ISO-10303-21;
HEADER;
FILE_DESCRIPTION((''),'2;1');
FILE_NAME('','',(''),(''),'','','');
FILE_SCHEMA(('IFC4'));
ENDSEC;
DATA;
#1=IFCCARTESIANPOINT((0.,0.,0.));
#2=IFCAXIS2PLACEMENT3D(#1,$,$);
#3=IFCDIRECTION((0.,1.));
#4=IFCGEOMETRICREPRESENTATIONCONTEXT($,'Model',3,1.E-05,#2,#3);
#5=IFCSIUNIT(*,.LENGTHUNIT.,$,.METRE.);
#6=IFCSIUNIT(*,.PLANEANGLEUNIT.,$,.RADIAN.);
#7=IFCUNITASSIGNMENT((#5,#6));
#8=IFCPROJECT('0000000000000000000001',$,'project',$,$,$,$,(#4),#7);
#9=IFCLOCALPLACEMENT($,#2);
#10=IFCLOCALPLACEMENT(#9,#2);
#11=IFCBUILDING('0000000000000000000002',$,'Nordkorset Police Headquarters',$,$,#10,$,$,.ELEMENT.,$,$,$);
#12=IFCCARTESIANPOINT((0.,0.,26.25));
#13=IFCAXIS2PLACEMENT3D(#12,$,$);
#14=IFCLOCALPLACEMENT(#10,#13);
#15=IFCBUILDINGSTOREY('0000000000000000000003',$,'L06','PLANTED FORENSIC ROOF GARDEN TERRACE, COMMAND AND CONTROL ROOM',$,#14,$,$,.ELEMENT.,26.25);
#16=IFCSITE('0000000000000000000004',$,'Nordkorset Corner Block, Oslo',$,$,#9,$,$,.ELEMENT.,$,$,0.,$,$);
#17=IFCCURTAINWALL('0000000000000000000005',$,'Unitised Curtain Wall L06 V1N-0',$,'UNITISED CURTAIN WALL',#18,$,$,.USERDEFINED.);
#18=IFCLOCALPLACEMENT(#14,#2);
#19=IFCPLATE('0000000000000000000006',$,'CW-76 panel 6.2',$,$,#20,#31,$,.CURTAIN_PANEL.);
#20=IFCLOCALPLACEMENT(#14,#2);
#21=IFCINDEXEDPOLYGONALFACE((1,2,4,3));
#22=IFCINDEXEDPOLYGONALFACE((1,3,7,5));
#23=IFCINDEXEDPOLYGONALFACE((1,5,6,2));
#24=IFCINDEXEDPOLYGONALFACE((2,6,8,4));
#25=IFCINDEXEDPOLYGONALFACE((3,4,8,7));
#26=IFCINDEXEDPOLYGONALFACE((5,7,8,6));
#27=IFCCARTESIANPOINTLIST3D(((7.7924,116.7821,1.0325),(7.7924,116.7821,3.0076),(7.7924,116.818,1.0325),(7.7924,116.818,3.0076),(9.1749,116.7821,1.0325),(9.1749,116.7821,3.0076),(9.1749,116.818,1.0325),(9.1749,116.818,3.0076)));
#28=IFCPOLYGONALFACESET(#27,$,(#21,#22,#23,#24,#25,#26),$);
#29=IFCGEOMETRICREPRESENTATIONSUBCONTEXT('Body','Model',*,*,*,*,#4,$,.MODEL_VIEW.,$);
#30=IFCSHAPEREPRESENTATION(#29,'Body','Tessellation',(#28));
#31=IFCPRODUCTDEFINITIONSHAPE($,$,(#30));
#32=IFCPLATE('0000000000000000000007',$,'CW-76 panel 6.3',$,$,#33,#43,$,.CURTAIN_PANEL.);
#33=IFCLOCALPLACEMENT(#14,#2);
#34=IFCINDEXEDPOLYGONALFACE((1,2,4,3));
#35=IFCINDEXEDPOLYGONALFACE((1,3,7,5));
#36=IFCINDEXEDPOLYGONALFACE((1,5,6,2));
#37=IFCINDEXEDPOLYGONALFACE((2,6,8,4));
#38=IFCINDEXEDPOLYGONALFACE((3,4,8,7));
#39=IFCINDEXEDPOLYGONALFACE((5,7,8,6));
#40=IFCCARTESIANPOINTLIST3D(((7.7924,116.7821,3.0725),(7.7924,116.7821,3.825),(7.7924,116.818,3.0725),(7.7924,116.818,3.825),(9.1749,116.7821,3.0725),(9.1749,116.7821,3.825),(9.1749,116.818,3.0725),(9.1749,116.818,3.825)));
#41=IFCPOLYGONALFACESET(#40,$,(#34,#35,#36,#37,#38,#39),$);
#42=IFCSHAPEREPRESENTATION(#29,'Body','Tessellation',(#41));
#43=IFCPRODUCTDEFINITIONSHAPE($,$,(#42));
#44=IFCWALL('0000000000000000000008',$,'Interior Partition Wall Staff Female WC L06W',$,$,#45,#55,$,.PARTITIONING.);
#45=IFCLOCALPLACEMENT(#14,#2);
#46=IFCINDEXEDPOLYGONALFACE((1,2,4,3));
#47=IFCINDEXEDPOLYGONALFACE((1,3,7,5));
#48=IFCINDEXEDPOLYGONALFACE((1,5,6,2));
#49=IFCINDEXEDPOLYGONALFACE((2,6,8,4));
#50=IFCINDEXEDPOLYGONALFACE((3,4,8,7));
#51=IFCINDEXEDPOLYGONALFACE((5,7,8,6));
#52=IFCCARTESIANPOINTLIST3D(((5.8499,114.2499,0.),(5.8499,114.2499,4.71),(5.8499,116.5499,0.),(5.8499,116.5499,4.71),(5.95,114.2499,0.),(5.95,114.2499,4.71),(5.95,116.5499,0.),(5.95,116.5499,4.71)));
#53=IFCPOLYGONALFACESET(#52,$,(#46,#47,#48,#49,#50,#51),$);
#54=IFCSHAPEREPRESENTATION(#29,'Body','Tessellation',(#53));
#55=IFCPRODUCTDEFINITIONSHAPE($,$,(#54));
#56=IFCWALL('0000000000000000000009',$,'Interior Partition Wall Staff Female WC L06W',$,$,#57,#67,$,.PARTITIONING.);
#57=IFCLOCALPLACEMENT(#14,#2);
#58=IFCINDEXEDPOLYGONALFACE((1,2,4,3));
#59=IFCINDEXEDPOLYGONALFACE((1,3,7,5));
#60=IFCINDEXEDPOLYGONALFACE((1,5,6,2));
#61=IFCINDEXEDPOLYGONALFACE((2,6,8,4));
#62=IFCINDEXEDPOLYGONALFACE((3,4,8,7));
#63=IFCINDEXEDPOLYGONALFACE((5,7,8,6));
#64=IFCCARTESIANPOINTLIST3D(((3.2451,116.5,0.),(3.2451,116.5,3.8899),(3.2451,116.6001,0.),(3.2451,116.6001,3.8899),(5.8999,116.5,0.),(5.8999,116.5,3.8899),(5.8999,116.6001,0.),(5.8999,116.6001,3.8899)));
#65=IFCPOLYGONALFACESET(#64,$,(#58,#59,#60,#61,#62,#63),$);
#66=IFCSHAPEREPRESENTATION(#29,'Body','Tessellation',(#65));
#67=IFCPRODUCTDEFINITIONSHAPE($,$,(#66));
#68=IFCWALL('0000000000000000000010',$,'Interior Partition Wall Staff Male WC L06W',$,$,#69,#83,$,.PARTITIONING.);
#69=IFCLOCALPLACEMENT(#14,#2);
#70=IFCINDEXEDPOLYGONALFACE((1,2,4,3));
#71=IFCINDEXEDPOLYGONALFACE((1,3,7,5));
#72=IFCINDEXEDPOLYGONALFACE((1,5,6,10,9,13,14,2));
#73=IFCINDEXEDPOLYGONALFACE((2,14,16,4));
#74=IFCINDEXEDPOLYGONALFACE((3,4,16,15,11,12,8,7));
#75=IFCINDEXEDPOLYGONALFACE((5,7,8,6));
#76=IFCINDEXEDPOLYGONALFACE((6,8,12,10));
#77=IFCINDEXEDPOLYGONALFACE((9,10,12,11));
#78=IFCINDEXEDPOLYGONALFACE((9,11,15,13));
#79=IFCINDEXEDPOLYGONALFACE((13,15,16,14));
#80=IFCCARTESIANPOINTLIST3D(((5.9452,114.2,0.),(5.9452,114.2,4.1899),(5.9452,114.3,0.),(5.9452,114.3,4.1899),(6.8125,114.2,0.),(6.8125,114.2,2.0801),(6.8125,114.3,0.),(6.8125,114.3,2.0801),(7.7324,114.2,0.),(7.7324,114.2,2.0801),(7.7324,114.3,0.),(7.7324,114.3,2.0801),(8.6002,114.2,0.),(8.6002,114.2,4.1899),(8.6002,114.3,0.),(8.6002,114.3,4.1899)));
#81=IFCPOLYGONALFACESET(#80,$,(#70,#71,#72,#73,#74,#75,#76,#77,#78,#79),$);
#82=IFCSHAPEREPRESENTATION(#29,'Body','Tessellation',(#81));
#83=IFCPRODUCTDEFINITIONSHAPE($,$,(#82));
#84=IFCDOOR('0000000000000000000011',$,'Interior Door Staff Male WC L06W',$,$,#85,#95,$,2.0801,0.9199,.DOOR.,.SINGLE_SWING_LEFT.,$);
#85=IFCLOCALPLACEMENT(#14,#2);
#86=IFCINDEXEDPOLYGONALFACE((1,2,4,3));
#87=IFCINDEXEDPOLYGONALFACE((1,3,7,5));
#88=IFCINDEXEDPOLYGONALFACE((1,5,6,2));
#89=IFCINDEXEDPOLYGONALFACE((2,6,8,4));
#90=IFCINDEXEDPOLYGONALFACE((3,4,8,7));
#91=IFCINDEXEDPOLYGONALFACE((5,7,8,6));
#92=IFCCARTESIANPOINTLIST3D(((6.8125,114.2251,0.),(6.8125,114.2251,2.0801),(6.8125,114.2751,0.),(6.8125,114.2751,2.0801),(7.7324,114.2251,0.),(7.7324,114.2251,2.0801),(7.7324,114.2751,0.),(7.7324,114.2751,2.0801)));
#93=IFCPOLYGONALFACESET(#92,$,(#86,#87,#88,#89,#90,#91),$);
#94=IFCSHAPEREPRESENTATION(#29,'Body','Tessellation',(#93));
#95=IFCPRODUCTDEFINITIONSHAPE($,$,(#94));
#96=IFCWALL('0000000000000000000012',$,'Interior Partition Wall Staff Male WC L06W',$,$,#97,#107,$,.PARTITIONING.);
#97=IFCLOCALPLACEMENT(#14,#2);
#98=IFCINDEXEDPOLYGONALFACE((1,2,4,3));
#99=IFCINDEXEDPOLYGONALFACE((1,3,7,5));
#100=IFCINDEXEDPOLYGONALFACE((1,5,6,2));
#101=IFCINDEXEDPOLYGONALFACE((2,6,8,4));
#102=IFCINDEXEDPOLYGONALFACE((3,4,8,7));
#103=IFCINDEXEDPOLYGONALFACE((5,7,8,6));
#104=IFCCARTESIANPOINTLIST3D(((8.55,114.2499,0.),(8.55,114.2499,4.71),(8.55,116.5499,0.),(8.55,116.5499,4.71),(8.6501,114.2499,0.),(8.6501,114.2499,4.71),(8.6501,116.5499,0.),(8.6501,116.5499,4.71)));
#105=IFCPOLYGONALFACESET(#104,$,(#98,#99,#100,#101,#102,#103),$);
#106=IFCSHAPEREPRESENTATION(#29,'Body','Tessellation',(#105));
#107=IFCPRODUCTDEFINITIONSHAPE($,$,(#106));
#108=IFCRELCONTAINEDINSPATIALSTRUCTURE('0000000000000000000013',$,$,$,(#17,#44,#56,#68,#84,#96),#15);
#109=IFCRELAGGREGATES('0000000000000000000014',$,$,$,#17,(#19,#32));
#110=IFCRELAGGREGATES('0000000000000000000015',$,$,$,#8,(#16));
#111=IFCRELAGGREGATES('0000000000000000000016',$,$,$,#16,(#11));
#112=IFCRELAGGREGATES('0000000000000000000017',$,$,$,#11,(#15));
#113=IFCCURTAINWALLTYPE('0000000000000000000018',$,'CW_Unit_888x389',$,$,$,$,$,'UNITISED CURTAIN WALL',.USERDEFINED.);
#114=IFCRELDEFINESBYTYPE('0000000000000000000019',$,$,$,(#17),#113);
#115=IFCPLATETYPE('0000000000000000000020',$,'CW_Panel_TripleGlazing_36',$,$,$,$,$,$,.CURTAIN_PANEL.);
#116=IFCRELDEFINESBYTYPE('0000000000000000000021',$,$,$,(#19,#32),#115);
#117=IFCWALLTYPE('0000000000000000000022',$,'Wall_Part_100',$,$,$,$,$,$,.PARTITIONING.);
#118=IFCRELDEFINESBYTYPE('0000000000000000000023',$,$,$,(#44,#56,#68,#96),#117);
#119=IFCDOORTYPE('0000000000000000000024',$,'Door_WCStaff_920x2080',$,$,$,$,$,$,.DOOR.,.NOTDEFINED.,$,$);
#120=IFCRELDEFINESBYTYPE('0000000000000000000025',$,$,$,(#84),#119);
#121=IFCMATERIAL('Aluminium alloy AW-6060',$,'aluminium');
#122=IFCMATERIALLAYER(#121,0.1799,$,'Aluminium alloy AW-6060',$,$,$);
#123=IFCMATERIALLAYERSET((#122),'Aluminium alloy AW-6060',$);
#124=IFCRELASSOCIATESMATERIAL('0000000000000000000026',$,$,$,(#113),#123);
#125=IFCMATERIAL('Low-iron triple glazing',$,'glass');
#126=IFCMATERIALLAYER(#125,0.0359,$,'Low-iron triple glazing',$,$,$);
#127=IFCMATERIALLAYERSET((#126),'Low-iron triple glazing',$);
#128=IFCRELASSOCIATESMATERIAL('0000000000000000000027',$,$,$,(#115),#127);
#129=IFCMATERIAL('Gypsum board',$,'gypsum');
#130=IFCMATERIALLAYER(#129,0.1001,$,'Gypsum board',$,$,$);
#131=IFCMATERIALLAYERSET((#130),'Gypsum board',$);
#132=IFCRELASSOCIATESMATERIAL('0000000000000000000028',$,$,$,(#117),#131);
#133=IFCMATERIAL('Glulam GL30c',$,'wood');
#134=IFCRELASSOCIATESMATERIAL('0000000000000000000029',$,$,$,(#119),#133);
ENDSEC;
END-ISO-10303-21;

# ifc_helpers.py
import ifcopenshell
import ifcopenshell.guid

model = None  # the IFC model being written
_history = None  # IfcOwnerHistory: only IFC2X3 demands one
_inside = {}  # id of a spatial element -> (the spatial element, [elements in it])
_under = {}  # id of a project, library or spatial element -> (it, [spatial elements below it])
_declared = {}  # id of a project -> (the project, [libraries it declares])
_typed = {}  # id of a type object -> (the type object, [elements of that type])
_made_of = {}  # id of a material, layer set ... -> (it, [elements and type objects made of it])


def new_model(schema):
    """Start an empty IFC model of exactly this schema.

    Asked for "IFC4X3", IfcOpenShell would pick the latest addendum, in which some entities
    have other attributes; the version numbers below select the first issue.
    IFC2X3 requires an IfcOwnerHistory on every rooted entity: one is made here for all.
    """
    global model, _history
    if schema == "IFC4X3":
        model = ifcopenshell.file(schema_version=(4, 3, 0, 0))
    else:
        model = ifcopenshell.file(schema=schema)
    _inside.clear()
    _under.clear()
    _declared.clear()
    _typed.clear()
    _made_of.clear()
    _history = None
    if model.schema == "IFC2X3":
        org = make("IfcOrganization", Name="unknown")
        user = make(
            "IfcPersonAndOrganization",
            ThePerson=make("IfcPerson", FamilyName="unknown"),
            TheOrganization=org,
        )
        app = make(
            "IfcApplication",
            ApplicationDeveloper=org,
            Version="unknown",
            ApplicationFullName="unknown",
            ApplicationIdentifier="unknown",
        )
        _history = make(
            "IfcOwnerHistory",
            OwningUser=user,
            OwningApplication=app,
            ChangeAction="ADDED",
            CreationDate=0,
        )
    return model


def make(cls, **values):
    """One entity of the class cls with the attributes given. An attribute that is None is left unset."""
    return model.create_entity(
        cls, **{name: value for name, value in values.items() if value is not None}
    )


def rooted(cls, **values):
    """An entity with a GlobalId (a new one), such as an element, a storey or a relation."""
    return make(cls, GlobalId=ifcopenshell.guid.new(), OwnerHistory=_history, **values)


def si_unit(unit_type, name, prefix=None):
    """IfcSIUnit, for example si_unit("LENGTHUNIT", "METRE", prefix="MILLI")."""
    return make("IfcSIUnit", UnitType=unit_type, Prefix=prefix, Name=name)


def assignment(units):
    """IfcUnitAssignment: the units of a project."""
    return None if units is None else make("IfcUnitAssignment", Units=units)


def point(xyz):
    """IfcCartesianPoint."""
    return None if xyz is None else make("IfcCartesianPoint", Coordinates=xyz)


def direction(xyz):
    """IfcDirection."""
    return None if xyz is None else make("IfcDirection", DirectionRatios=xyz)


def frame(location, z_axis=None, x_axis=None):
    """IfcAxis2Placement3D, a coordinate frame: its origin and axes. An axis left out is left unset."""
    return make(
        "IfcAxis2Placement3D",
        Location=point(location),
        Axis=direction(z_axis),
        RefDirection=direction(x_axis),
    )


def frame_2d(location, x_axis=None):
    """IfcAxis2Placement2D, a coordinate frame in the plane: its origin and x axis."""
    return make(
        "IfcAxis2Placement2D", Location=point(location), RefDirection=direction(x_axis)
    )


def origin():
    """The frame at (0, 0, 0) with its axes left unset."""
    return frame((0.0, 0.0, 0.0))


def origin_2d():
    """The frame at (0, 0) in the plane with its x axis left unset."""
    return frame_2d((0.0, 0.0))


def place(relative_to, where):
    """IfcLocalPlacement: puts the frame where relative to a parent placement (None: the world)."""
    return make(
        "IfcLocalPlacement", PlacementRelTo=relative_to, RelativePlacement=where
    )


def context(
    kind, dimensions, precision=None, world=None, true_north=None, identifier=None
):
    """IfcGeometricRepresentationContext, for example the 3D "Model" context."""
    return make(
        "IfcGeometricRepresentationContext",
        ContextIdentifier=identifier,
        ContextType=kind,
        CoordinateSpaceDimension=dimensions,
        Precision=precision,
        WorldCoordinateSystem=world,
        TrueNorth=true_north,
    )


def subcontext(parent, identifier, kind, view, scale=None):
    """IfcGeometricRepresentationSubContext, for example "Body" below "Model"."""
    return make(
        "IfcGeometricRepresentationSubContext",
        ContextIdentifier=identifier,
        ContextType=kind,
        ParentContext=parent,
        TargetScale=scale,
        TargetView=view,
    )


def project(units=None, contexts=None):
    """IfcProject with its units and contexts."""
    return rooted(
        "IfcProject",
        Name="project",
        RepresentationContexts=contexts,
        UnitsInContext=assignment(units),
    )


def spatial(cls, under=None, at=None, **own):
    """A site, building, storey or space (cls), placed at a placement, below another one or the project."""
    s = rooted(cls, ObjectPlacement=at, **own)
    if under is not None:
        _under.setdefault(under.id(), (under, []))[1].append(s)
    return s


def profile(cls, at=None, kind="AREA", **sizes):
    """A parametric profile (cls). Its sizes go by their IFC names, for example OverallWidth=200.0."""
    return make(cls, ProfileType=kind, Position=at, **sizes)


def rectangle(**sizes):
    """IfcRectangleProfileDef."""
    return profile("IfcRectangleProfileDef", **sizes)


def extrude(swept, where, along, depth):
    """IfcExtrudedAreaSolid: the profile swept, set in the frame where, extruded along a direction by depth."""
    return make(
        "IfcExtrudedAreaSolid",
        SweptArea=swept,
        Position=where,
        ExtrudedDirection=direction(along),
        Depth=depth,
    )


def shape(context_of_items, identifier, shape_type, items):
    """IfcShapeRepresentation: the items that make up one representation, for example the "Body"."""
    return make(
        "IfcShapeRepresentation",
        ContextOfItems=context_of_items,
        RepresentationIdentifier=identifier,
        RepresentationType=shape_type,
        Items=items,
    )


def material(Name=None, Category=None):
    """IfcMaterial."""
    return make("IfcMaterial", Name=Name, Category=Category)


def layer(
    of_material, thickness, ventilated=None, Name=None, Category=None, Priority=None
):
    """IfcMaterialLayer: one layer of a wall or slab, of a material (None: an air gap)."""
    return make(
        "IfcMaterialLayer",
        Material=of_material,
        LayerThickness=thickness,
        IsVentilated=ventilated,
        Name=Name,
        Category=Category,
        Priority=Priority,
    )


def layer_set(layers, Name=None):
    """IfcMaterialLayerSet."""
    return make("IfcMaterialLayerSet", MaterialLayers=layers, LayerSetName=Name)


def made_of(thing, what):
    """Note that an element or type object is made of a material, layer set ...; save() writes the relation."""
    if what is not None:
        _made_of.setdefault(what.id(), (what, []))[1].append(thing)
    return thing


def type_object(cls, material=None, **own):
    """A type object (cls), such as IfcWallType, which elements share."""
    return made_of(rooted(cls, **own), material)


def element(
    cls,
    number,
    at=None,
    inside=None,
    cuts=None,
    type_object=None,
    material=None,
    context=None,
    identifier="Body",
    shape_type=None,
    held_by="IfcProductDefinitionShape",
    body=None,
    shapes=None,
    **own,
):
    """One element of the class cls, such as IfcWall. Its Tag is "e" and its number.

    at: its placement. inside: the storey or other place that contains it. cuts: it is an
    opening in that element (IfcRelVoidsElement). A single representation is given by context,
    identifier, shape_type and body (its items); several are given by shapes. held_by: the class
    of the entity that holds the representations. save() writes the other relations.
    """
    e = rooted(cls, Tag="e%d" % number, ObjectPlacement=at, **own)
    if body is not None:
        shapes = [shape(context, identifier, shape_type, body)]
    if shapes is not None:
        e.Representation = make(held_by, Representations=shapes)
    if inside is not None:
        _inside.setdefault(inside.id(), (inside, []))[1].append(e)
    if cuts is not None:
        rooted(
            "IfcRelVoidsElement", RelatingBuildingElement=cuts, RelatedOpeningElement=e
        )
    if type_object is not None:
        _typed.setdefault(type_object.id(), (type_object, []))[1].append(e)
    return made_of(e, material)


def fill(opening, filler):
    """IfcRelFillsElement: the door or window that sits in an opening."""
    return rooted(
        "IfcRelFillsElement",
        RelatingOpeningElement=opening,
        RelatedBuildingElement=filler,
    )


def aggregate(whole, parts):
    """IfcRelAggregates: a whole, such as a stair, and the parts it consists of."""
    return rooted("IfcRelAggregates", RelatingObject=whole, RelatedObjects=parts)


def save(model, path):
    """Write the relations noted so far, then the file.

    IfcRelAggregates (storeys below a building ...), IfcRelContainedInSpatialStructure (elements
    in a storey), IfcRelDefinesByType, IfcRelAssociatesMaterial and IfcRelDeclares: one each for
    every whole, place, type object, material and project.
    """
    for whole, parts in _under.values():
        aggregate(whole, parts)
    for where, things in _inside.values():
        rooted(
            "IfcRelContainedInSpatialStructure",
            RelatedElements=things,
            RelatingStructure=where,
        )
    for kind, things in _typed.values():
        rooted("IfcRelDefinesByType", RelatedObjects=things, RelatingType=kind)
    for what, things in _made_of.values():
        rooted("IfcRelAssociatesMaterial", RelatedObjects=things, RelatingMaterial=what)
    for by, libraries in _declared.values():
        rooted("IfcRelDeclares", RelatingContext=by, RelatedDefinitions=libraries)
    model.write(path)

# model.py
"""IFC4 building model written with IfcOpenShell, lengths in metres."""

from ifc_helpers import new_model, si_unit, direction, frame, frame_2d, origin, origin_2d, place, context, subcontext, project, spatial, rectangle, extrude, material, layer, layer_set, type_object, element, fill, aggregate, save


model = new_model("IFC4")

# Units and contexts
model_context = context("Model", 3, precision=1e-05, world=origin(), true_north=direction((0.0, 1.0)))
body_context = subcontext(model_context, "Body", "Model", "MODEL_VIEW")
ifc_project = project(units=[si_unit("LENGTHUNIT", "METRE"), si_unit("PLANEANGLEUNIT", "RADIAN")], contexts=[model_context])

# Site, building, storey
site_placement = place(None, origin())
site = spatial("IfcSite", under=ifc_project, at=site_placement, Name="Nordkorset Corner Block, Oslo", CompositionType="ELEMENT", RefElevation=0.0)
building_placement = place(site_placement, origin())
building = spatial("IfcBuilding", under=site, at=building_placement, Name="Nordkorset Police Headquarters", CompositionType="ELEMENT")
storey_placement = place(building_placement, frame((0.0, 0.0, 26.25)))
storey = spatial("IfcBuildingStorey", under=building, at=storey_placement, Name="L06", Description="PLANTED FORENSIC ROOF GARDEN TERRACE, COMMAND AND CONTROL ROOM", CompositionType="ELEMENT", Elevation=26.25)

# Curtain wall, plates
ifc_material_1 = material(Name="Aluminium alloy AW-6060", Category="aluminium")
ifc_layer_1 = layer(ifc_material_1, 0.1799, Name="Aluminium alloy AW-6060")
ifc_layer_set_1 = layer_set([ifc_layer_1], Name="Aluminium alloy AW-6060")
curtain_wall_type = type_object("IfcCurtainWallType", Name="CW_Unit_888x389", ElementType="UNITISED CURTAIN WALL", PredefinedType="USERDEFINED", material=ifc_layer_set_1)
curtain_wall_placement = place(storey_placement, origin())
curtain_wall = element("IfcCurtainWall", 1, at=curtain_wall_placement, inside=storey, type_object=curtain_wall_type, Name="Unitised Curtain Wall L06 V1N-0", ObjectType="UNITISED CURTAIN WALL", PredefinedType="USERDEFINED")
ifc_material_2 = material(Name="Low-iron triple glazing", Category="glass")
ifc_layer_2 = layer(ifc_material_2, 0.0359, Name="Low-iron triple glazing")
ifc_layer_set_2 = layer_set([ifc_layer_2], Name="Low-iron triple glazing")
plate_type = type_object("IfcPlateType", Name="CW_Panel_TripleGlazing_36", PredefinedType="CURTAIN_PANEL", material=ifc_layer_set_2)
plate_1_placement = place(storey_placement, frame((8.4836, 116.8, 1.0325), z_axis=(0.0, 0.0, 1.0), x_axis=(1.0, 0.0, 0.0)))
plate_1 = element("IfcPlate", 2, at=plate_1_placement, type_object=plate_type, Name="CW-76 panel 6.2", PredefinedType="CURTAIN_PANEL", context=body_context, shape_type="SweptSolid", body=[
    extrude(rectangle(XDim=1.3826, YDim=0.0359, at=origin_2d()), origin(), (0.0, 0.0, 1.0), 1.9751),
])
plate_2_placement = place(storey_placement, frame((8.4836, 116.8, 3.0725), z_axis=(0.0, 0.0, 1.0), x_axis=(1.0, 0.0, 0.0)))
plate_2 = element("IfcPlate", 3, at=plate_2_placement, type_object=plate_type, Name="CW-76 panel 6.3", PredefinedType="CURTAIN_PANEL", context=body_context, shape_type="SweptSolid", body=[
    extrude(rectangle(XDim=1.3826, YDim=0.0359, at=origin_2d()), origin(), (0.0, 0.0, 1.0), 0.7524),
])
aggregate(curtain_wall, [plate_1, plate_2])

# Walls
ifc_material_3 = material(Name="Gypsum board", Category="gypsum")
ifc_layer_3 = layer(ifc_material_3, 0.1001, Name="Gypsum board")
ifc_layer_set_3 = layer_set([ifc_layer_3], Name="Gypsum board")
wall_type = type_object("IfcWallType", Name="Wall_Part_100", PredefinedType="PARTITIONING", material=ifc_layer_set_3)
wall_1_placement = place(storey_placement, frame((5.8999, 114.25, 0.0), z_axis=(0.0, 0.0, 1.0), x_axis=(0.0, 1.0, 0.0)))
element("IfcWall", 4, at=wall_1_placement, inside=storey, type_object=wall_type, Name="Interior Partition Wall Staff Female WC L06W", PredefinedType="PARTITIONING", context=body_context, shape_type="SweptSolid", body=[
    extrude(rectangle(XDim=2.3, YDim=0.1001, at=frame_2d((1.1499, 0.0))), origin(), (0.0, 0.0, 1.0), 4.71),
])
wall_2_placement = place(storey_placement, frame((5.8999, 116.55, 0.0), z_axis=(0.0, 0.0, 1.0), x_axis=(-1.0, 0.0, 0.0)))
element("IfcWall", 5, at=wall_2_placement, inside=storey, type_object=wall_type, Name="Interior Partition Wall Staff Female WC L06W", PredefinedType="PARTITIONING", context=body_context, shape_type="SweptSolid", body=[
    extrude(rectangle(XDim=2.6548, YDim=0.1001, at=frame_2d((1.3274, 0.0))), origin(), (0.0, 0.0, 1.0), 3.8899),
])

# Wall, opening, door
wall_3_placement = place(storey_placement, frame((5.9451, 114.25, 0.0), z_axis=(0.0, 0.0, 1.0), x_axis=(1.0, 0.0, 0.0)))
wall_3 = element("IfcWall", 6, at=wall_3_placement, inside=storey, type_object=wall_type, Name="Interior Partition Wall Staff Male WC L06W", PredefinedType="PARTITIONING", context=body_context, shape_type="SweptSolid", body=[
    extrude(rectangle(XDim=2.655, YDim=0.1001, at=frame_2d((1.3276, 0.0))), origin(), (0.0, 0.0, 1.0), 4.1899),
])
opening_placement = place(wall_3_placement, frame((0.8674, 0.0, 0.0)))
opening = element("IfcOpeningElement", 7, at=opening_placement, cuts=wall_3, PredefinedType="OPENING", context=body_context, shape_type="SweptSolid", body=[
    extrude(rectangle(XDim=0.9199, YDim=2.0801, at=frame_2d((0.46, 1.04))), frame((0.0, 0.0601, 0.0), z_axis=(0.0, -1.0, 0.0), x_axis=(1.0, 0.0, 0.0)), (0.0, 0.0, 1.0), 0.1201),
])
ifc_material_4 = material(Name="Glulam GL30c", Category="wood")
door_type = type_object("IfcDoorType", Name="Door_WCStaff_920x2080", OperationType="NOTDEFINED", PredefinedType="DOOR", material=ifc_material_4)
door_placement = place(opening_placement, frame((0.9199, 0.0, 0.0), z_axis=(0.0, 0.0, 1.0), x_axis=(-1.0, 0.0, 0.0)))
door = element("IfcDoor", 8, at=door_placement, inside=storey, type_object=door_type, Name="Interior Door Staff Male WC L06W", OperationType="SINGLE_SWING_LEFT", OverallHeight=2.0801, OverallWidth=0.9199, PredefinedType="DOOR", context=body_context, shape_type="SweptSolid", body=[
    extrude(rectangle(XDim=0.9199, YDim=2.0801, at=frame_2d((0.46, 1.04))), frame((0.0, 0.0249, 0.0), z_axis=(0.0, -1.0, 0.0), x_axis=(1.0, 0.0, 0.0)), (0.0, 0.0, 1.0), 0.05),
])
fill(opening, door)

# Wall
wall_4_placement = place(storey_placement, frame((8.6001, 114.25, 0.0), z_axis=(0.0, 0.0, 1.0), x_axis=(0.0, 1.0, 0.0)))
element("IfcWall", 9, at=wall_4_placement, inside=storey, type_object=wall_type, Name="Interior Partition Wall Staff Male WC L06W", PredefinedType="PARTITIONING", context=body_context, shape_type="SweptSolid", body=[
    extrude(rectangle(XDim=2.3, YDim=0.1001, at=frame_2d((1.1499, 0.0))), origin(), (0.0, 0.0, 1.0), 4.71),
])

save(model, "model.ifc")
